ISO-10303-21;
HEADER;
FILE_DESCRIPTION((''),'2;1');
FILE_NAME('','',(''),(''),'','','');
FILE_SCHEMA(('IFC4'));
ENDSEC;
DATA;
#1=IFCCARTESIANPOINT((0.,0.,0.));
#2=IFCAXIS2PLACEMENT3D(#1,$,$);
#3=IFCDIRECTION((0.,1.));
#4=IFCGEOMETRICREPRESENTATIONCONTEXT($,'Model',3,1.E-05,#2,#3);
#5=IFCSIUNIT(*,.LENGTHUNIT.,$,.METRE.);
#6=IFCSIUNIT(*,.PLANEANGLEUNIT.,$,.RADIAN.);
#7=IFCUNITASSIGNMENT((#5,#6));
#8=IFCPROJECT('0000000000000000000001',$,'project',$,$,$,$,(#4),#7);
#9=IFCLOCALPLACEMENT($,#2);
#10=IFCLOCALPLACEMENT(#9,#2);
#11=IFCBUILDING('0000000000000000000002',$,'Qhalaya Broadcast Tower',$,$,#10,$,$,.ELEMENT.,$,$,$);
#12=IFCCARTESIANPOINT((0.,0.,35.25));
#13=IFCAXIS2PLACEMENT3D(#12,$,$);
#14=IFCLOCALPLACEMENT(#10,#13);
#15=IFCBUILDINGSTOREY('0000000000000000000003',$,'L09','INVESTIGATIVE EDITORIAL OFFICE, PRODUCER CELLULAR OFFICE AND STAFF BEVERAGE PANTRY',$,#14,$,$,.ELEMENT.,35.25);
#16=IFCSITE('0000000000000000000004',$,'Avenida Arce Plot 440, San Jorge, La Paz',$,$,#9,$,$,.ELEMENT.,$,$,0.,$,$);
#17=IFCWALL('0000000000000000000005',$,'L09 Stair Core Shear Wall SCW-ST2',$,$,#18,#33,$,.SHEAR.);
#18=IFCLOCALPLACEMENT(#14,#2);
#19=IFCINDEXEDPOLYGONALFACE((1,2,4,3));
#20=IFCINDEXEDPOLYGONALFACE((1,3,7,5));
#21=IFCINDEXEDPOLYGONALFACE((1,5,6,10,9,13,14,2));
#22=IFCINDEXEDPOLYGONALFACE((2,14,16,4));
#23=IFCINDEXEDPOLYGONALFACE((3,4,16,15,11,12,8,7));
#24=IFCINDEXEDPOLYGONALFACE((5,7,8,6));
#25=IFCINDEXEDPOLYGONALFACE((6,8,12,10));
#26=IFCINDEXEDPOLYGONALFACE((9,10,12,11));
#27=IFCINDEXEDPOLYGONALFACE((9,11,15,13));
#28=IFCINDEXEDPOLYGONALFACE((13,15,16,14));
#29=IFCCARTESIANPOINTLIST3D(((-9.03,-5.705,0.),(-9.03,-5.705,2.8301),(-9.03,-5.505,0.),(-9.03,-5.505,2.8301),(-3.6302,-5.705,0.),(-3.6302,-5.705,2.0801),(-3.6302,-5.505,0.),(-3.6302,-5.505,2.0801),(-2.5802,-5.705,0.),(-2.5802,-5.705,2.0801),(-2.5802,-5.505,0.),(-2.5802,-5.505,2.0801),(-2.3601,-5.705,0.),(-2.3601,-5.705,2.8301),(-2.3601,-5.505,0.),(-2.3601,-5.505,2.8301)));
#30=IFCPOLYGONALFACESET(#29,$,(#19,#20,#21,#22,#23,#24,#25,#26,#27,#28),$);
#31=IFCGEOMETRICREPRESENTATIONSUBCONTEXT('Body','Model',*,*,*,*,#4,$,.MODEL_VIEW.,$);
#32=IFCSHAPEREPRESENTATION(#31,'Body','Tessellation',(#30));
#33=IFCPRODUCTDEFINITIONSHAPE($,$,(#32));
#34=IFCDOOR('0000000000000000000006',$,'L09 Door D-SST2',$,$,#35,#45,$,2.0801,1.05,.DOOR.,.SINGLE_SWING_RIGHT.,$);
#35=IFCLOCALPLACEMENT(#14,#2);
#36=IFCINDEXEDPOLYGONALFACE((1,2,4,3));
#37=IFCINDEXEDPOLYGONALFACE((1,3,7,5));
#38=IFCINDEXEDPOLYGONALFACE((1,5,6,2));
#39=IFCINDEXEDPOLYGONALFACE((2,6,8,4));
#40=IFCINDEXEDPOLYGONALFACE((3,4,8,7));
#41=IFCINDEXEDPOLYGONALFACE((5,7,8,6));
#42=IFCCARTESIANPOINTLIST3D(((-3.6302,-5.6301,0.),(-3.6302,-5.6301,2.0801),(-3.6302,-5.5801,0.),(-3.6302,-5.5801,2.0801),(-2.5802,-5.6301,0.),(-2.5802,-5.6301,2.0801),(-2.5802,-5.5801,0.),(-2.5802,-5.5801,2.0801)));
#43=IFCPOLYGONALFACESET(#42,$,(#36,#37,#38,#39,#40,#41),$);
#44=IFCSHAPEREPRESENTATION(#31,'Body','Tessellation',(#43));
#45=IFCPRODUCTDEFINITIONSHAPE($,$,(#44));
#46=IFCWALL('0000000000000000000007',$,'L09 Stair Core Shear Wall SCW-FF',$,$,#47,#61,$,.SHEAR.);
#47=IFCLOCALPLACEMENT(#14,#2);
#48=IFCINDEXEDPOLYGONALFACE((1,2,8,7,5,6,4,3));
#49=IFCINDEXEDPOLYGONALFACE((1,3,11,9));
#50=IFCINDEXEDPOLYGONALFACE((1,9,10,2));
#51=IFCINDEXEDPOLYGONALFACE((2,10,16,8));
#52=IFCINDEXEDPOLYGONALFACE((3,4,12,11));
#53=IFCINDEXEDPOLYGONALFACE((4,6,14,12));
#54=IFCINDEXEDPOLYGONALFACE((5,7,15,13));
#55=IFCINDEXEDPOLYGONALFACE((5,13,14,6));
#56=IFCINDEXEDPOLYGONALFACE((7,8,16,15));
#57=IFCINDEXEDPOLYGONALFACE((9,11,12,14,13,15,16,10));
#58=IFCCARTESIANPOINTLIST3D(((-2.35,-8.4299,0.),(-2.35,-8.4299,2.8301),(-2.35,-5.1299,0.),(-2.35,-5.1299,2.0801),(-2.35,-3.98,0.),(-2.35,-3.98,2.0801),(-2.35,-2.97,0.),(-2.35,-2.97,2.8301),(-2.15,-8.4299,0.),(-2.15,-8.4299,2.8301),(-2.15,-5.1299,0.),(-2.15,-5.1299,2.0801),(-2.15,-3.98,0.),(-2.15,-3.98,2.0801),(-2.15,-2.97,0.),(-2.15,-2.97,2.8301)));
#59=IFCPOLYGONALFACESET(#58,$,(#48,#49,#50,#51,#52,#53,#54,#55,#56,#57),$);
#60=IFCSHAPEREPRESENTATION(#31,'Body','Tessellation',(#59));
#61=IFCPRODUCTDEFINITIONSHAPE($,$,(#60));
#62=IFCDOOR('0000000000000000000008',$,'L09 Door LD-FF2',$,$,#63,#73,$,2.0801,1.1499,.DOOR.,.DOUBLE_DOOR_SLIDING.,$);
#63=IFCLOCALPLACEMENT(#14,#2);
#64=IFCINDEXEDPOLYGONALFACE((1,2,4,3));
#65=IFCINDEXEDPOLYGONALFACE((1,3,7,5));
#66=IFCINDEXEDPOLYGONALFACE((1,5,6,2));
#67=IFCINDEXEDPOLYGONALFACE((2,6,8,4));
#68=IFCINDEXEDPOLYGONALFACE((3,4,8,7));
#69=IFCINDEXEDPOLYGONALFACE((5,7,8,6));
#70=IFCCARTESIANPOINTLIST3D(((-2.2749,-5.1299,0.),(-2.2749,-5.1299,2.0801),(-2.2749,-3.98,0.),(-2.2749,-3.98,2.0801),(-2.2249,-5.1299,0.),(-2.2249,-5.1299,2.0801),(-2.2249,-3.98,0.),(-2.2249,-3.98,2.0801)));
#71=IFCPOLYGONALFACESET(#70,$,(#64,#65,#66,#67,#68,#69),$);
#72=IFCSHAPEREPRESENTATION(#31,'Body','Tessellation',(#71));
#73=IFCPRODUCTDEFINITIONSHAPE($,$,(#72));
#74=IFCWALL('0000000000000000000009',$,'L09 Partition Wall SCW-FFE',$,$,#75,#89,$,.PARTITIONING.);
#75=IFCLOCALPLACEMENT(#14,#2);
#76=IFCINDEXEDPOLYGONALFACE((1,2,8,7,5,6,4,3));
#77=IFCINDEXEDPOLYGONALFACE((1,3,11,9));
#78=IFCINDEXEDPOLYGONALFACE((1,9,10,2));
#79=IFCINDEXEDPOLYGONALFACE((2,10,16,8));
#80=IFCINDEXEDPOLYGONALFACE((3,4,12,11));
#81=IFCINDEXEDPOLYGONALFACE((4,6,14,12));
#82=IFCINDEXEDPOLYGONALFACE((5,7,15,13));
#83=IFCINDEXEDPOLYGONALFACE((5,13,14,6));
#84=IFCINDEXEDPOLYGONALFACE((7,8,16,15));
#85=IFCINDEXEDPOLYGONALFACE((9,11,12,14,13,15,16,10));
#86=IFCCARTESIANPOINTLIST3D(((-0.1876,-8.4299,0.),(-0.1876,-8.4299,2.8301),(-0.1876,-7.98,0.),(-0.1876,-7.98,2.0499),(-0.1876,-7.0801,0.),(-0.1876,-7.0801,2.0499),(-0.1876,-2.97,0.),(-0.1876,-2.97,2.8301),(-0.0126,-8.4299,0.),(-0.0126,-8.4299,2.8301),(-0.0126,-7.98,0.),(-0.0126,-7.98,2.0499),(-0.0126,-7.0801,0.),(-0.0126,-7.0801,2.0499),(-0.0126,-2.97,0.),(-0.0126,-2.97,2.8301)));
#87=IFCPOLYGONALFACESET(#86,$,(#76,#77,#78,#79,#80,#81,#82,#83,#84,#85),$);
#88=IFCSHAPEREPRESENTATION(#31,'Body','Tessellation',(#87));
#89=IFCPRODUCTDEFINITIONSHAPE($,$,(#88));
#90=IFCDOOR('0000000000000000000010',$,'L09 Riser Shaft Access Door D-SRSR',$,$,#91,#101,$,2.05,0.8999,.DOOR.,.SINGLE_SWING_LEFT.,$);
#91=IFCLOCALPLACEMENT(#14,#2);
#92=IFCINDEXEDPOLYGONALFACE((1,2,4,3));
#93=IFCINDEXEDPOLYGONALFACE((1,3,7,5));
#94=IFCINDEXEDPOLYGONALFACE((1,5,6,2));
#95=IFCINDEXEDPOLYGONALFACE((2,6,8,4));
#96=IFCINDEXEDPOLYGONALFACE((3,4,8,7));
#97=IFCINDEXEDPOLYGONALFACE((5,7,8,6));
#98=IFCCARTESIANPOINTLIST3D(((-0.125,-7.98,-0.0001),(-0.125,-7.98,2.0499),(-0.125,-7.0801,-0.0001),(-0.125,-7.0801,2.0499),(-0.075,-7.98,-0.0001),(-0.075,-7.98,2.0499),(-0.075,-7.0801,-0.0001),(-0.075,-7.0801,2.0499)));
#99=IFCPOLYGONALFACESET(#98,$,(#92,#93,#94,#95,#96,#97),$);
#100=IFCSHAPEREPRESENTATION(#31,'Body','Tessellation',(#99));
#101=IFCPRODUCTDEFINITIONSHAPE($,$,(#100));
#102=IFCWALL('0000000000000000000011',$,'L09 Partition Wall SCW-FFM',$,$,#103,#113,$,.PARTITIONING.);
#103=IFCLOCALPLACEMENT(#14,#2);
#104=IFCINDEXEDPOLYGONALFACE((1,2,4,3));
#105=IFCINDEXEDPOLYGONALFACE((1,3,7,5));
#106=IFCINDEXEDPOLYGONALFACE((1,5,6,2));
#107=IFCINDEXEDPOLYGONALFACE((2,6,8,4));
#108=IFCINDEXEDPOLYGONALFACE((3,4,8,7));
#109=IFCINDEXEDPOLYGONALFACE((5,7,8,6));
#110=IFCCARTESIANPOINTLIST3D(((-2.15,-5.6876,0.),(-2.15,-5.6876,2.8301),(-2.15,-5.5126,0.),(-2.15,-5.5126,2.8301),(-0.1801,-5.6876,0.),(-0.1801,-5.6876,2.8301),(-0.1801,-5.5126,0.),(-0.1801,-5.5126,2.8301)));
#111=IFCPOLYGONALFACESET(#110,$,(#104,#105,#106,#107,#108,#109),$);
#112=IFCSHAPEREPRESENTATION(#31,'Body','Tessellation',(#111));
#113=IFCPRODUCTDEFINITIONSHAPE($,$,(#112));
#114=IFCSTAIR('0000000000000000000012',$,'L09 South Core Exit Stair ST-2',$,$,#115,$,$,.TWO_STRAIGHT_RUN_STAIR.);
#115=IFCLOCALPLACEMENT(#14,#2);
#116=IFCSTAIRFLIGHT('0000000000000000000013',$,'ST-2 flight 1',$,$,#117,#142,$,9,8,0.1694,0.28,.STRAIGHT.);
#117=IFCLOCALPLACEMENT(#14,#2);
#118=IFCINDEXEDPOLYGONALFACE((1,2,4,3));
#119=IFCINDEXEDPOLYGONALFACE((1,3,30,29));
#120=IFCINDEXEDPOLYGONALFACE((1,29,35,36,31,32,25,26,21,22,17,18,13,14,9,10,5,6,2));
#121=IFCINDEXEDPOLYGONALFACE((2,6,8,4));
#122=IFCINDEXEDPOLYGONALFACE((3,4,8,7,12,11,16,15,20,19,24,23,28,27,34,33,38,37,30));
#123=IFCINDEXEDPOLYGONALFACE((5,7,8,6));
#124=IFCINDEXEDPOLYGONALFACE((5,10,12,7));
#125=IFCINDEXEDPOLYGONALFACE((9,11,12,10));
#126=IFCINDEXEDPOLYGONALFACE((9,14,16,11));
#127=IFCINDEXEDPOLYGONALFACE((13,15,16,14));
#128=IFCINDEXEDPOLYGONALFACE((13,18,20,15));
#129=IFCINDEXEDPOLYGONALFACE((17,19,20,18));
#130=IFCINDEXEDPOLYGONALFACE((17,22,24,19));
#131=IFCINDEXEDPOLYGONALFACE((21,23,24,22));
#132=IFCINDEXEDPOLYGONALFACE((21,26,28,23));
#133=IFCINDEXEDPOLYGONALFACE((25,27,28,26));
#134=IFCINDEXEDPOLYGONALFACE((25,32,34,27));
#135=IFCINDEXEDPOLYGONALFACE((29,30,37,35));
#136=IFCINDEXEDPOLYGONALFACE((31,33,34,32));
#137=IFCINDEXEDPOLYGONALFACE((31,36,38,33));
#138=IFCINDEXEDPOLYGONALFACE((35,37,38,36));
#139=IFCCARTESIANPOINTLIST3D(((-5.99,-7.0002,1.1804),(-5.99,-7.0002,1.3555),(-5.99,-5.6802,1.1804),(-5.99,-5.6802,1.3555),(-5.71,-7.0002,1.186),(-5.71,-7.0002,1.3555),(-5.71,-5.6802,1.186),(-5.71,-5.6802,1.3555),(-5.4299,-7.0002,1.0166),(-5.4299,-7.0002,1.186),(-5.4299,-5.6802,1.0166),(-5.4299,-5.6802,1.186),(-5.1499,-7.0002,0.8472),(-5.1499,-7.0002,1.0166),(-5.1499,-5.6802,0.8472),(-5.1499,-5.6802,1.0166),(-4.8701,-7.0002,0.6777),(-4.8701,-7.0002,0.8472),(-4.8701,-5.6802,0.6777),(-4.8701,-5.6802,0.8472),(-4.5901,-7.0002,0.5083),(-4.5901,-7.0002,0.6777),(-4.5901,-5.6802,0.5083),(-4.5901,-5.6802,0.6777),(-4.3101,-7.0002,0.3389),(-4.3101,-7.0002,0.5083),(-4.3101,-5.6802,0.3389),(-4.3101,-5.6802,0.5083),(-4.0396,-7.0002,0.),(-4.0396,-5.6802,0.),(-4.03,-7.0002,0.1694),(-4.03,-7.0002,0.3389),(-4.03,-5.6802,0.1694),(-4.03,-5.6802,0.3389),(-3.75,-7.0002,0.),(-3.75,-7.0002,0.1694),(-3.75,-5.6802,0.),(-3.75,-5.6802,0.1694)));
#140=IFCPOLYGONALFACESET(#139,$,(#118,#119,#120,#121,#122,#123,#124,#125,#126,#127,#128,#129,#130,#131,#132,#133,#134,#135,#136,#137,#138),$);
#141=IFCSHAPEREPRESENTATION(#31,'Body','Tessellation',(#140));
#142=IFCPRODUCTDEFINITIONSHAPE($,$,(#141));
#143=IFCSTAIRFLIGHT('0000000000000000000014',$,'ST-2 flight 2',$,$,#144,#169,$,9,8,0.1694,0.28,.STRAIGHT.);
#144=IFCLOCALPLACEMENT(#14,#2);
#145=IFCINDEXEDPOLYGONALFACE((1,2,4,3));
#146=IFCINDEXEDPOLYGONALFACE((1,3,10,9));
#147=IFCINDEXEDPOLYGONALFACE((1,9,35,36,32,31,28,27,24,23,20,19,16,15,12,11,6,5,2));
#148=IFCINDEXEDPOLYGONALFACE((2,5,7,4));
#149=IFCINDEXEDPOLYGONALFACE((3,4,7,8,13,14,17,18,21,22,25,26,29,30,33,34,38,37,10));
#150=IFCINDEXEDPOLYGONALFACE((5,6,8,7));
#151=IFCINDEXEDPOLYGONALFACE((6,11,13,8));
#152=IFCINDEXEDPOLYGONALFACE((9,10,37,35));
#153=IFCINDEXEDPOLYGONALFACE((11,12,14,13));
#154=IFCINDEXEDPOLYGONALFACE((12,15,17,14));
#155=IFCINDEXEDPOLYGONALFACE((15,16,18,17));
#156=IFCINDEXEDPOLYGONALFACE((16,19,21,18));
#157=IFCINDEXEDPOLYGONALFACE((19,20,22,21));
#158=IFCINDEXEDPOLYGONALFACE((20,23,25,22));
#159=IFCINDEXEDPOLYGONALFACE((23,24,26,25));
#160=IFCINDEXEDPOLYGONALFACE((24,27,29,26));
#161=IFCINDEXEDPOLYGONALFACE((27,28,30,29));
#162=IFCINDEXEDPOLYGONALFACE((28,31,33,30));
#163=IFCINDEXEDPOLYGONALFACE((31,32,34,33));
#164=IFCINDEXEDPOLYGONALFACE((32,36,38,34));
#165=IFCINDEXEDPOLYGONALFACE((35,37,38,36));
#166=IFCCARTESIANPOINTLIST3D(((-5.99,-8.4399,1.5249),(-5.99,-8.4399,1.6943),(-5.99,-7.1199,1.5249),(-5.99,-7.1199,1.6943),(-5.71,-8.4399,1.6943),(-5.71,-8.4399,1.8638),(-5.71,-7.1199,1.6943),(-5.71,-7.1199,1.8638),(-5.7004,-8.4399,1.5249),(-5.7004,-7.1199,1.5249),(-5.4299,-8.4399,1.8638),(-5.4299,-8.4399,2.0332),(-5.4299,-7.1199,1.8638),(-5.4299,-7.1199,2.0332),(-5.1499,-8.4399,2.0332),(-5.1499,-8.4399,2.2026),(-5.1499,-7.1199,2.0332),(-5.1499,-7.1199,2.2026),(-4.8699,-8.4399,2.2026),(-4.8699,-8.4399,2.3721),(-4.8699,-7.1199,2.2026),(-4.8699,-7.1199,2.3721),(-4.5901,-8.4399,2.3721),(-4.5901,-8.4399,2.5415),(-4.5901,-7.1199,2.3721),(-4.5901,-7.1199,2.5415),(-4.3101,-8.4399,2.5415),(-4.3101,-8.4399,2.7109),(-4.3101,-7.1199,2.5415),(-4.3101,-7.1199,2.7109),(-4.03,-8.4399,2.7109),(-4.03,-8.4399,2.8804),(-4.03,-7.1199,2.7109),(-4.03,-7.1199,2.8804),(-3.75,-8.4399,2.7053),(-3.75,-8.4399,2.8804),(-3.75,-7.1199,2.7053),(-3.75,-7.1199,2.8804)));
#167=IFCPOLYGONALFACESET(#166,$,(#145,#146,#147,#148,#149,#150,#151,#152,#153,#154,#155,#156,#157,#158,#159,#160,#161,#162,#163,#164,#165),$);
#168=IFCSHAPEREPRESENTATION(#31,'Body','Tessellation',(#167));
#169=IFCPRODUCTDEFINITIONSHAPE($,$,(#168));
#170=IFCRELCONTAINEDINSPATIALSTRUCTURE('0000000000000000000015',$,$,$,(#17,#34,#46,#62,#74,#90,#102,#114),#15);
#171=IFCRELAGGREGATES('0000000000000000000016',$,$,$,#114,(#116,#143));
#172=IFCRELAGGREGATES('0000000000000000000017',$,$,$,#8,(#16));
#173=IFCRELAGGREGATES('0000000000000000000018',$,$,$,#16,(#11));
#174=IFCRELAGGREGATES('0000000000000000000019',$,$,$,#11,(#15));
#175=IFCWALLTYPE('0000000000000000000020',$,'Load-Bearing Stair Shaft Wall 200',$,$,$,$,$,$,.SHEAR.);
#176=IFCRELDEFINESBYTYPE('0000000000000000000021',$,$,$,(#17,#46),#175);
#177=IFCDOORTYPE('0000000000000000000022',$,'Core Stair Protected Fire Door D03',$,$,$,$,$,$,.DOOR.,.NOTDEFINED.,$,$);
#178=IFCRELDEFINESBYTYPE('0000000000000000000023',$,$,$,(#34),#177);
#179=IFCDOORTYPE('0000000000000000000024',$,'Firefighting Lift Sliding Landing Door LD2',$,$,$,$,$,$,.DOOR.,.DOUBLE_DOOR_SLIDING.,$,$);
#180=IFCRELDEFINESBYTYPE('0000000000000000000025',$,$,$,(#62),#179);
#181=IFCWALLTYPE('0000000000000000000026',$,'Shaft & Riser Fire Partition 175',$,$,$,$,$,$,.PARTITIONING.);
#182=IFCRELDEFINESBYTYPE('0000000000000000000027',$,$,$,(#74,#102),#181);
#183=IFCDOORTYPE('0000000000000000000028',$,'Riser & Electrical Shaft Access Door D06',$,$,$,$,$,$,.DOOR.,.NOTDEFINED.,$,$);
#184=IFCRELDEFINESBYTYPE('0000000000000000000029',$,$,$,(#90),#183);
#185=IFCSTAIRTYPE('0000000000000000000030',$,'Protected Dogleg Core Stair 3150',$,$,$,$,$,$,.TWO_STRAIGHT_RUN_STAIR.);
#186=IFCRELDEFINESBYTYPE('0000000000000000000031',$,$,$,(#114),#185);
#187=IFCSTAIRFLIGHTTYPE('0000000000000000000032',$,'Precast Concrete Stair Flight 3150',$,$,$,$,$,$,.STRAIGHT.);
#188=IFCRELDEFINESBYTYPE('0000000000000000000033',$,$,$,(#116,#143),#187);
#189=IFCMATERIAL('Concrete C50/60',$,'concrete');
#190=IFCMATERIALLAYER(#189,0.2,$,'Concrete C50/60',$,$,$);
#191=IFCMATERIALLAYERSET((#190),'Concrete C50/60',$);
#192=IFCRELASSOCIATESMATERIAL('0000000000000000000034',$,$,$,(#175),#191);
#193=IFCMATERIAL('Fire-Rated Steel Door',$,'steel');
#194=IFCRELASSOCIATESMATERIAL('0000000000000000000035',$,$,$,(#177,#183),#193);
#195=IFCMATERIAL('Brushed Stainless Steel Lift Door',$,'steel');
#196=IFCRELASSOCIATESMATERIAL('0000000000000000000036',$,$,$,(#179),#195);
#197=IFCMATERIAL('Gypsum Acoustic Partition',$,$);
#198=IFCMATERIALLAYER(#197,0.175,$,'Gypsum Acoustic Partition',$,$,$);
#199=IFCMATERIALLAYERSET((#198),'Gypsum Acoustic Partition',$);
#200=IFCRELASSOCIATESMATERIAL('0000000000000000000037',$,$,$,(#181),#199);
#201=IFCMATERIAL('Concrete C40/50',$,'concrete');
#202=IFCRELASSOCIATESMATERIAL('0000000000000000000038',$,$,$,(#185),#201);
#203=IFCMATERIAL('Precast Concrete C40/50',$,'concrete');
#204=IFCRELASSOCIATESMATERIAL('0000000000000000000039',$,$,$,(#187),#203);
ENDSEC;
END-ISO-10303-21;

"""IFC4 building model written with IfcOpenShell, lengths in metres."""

from ifc_helpers import new_model, si_unit, direction, frame, frame_2d, origin, place, context, subcontext, project, spatial, polyline, rectangle, outline, extrude, material, layer, layer_set, type_object, element, fill, aggregate, save


model = new_model("IFC4")

# Units and contexts
model_context = context("Model", 3, precision=1e-05, world=origin(), true_north=direction((0.0, 1.0)))
body_context = subcontext(model_context, "Body", "Model", "MODEL_VIEW")
ifc_project = project(units=[si_unit("LENGTHUNIT", "METRE"), si_unit("PLANEANGLEUNIT", "RADIAN")], contexts=[model_context])

# Site, building, storey
site_placement = place(None, origin())
site = spatial("IfcSite", under=ifc_project, at=site_placement, Name="Avenida Arce Plot 440, San Jorge, La Paz", CompositionType="ELEMENT", RefElevation=0.0)
building_placement = place(site_placement, origin())
building = spatial("IfcBuilding", under=site, at=building_placement, Name="Qhalaya Broadcast Tower", CompositionType="ELEMENT")
storey_placement = place(building_placement, frame((0.0, 0.0, 35.25)))
storey = spatial("IfcBuildingStorey", under=building, at=storey_placement, Name="L09", Description="INVESTIGATIVE EDITORIAL OFFICE, PRODUCER CELLULAR OFFICE AND STAFF BEVERAGE PANTRY", CompositionType="ELEMENT", Elevation=35.25)

# Walls, openings, doors
ifc_material_1 = material(Name="Concrete C50/60", Category="concrete")
ifc_layer_1 = layer(ifc_material_1, 0.2, Name="Concrete C50/60")
ifc_layer_set_1 = layer_set([ifc_layer_1], Name="Concrete C50/60")
wall_type_1 = type_object("IfcWallType", Name="Load-Bearing Stair Shaft Wall 200", PredefinedType="SHEAR", material=ifc_layer_set_1)
wall_1_placement = place(storey_placement, frame((-9.03, -5.605, 0.0), z_axis=(0.0, 0.0, 1.0), x_axis=(1.0, 0.0, 0.0)))
wall_1 = element("IfcWall", 1, at=wall_1_placement, inside=storey, type_object=wall_type_1, Name="L09 Stair Core Shear Wall SCW-ST2", PredefinedType="SHEAR", context=body_context, shape_type="SweptSolid", body=[
    extrude(rectangle(XDim=6.6699, YDim=0.2, at=frame_2d((3.335, 0.0))), origin(), (0.0, 0.0, 1.0), 2.8301),
])
opening_1_placement = place(wall_1_placement, frame((5.3999, 0.0, 0.0)))
opening_1 = element("IfcOpeningElement", 2, at=opening_1_placement, cuts=wall_1, PredefinedType="OPENING", context=body_context, shape_type="SweptSolid", body=[
    extrude(rectangle(XDim=1.05, YDim=2.0801, at=frame_2d((0.5249, 1.04))), frame((0.0, 0.1121, 0.0), z_axis=(0.0, -1.0, 0.0), x_axis=(1.0, 0.0, 0.0)), (0.0, 0.0, 1.0), 0.2239),
])
ifc_material_2 = material(Name="Fire-Rated Steel Door", Category="steel")
door_type_1 = type_object("IfcDoorType", Name="Core Stair Protected Fire Door D03", OperationType="NOTDEFINED", PredefinedType="DOOR", material=ifc_material_2)
door_1_placement = place(opening_1_placement, origin())
door_1 = element("IfcDoor", 3, at=door_1_placement, inside=storey, type_object=door_type_1, Name="L09 Door D-SST2", OperationType="SINGLE_SWING_RIGHT", OverallHeight=2.0801, OverallWidth=1.05, PredefinedType="DOOR", context=body_context, shape_type="SweptSolid", body=[
    extrude(rectangle(XDim=1.05, YDim=2.0801, at=frame_2d((0.5249, 1.04))), frame((0.0, 0.0249, 0.0), z_axis=(0.0, -1.0, 0.0), x_axis=(1.0, 0.0, 0.0)), (0.0, 0.0, 1.0), 0.05),
])
fill(opening_1, door_1)
wall_2_placement = place(storey_placement, frame((-2.25, -8.4299, 0.0), z_axis=(0.0, 0.0, 1.0), x_axis=(0.0, 1.0, 0.0)))
wall_2 = element("IfcWall", 4, at=wall_2_placement, inside=storey, type_object=wall_type_1, Name="L09 Stair Core Shear Wall SCW-FF", PredefinedType="SHEAR", context=body_context, shape_type="SweptSolid", body=[
    extrude(rectangle(XDim=5.46, YDim=0.2, at=frame_2d((2.73, 0.0))), origin(), (0.0, 0.0, 1.0), 2.8301),
])
opening_2_placement = place(wall_2_placement, frame((3.3, 0.0, 0.0)))
opening_2 = element("IfcOpeningElement", 5, at=opening_2_placement, cuts=wall_2, PredefinedType="OPENING", context=body_context, shape_type="SweptSolid", body=[
    extrude(rectangle(XDim=1.1499, YDim=2.0801, at=frame_2d((0.575, 1.04))), frame((0.0, 0.1121, 0.0), z_axis=(0.0, -1.0, 0.0), x_axis=(1.0, 0.0, 0.0)), (0.0, 0.0, 1.0), 0.2239),
])
ifc_material_3 = material(Name="Brushed Stainless Steel Lift Door", Category="steel")
door_type_2 = type_object("IfcDoorType", Name="Firefighting Lift Sliding Landing Door LD2", OperationType="DOUBLE_DOOR_SLIDING", PredefinedType="DOOR", material=ifc_material_3)
door_2_placement = place(opening_2_placement, origin())
door_2 = element("IfcDoor", 6, at=door_2_placement, inside=storey, type_object=door_type_2, Name="L09 Door LD-FF2", OperationType="DOUBLE_DOOR_SLIDING", OverallHeight=2.0801, OverallWidth=1.1499, PredefinedType="DOOR", context=body_context, shape_type="SweptSolid", body=[
    extrude(rectangle(XDim=1.1499, YDim=2.0801, at=frame_2d((0.575, 1.04))), frame((0.0, 0.0249, 0.0), z_axis=(0.0, -1.0, 0.0), x_axis=(1.0, 0.0, 0.0)), (0.0, 0.0, 1.0), 0.05),
])
fill(opening_2, door_2)
ifc_material_4 = material(Name="Gypsum Acoustic Partition")
ifc_layer_2 = layer(ifc_material_4, 0.175, Name="Gypsum Acoustic Partition")
ifc_layer_set_2 = layer_set([ifc_layer_2], Name="Gypsum Acoustic Partition")
wall_type_2 = type_object("IfcWallType", Name="Shaft & Riser Fire Partition 175", PredefinedType="PARTITIONING", material=ifc_layer_set_2)
wall_3_placement = place(storey_placement, frame((-0.1001, -8.4299, 0.0), z_axis=(0.0, 0.0, 1.0), x_axis=(0.0, 1.0, 0.0)))
wall_3 = element("IfcWall", 7, at=wall_3_placement, inside=storey, type_object=wall_type_2, Name="L09 Partition Wall SCW-FFE", PredefinedType="PARTITIONING", context=body_context, shape_type="SweptSolid", body=[
    extrude(rectangle(XDim=5.46, YDim=0.175, at=frame_2d((2.73, 0.0))), origin(), (0.0, 0.0, 1.0), 2.8301),
])
opening_3_placement = place(wall_3_placement, frame((0.45, 0.0, 0.0)))
opening_3 = element("IfcOpeningElement", 8, at=opening_3_placement, cuts=wall_3, PredefinedType="OPENING", context=body_context, shape_type="SweptSolid", body=[
    extrude(rectangle(XDim=0.8999, YDim=2.05, at=frame_2d((0.45, 1.0249))), frame((0.0, 0.0996, 0.0), z_axis=(0.0, -1.0, 0.0), x_axis=(1.0, 0.0, 0.0)), (0.0, 0.0, 1.0), 0.199),
])
door_type_3 = type_object("IfcDoorType", Name="Riser & Electrical Shaft Access Door D06", OperationType="NOTDEFINED", PredefinedType="DOOR", material=ifc_material_2)
door_3_placement = place(opening_3_placement, origin())
door_3 = element("IfcDoor", 9, at=door_3_placement, inside=storey, type_object=door_type_3, Name="L09 Riser Shaft Access Door D-SRSR", OperationType="SINGLE_SWING_LEFT", OverallHeight=2.05, OverallWidth=0.8999, PredefinedType="DOOR", context=body_context, shape_type="SweptSolid", body=[
    extrude(rectangle(XDim=0.8999, YDim=2.05, at=frame_2d((0.45, 1.0249))), frame((0.0, 0.0249, 0.0), z_axis=(0.0, -1.0, 0.0), x_axis=(1.0, 0.0, 0.0)), (0.0, 0.0, 1.0), 0.05),
])
fill(opening_3, door_3)

# Wall
wall_4_placement = place(storey_placement, frame((-2.1499, -5.6001, 0.0), z_axis=(0.0, 0.0, 1.0), x_axis=(1.0, 0.0, 0.0)))
element("IfcWall", 10, at=wall_4_placement, inside=storey, type_object=wall_type_2, Name="L09 Partition Wall SCW-FFM", PredefinedType="PARTITIONING", context=body_context, shape_type="SweptSolid", body=[
    extrude(rectangle(XDim=1.97, YDim=0.175, at=frame_2d((0.9849, 0.0))), origin(), (0.0, 0.0, 1.0), 2.8301),
])

# Stair, stair flights
ifc_material_5 = material(Name="Concrete C40/50", Category="concrete")
stair_type = type_object("IfcStairType", Name="Protected Dogleg Core Stair 3150", PredefinedType="TWO_STRAIGHT_RUN_STAIR", material=ifc_material_5)
stair_placement = place(storey_placement, origin())
stair = element("IfcStair", 11, at=stair_placement, inside=storey, type_object=stair_type, Name="L09 South Core Exit Stair ST-2", PredefinedType="TWO_STRAIGHT_RUN_STAIR")
ifc_material_6 = material(Name="Precast Concrete C40/50", Category="concrete")
stair_flight_type = type_object("IfcStairFlightType", Name="Precast Concrete Stair Flight 3150", PredefinedType="STRAIGHT", material=ifc_material_6)
stair_flight_1_placement = place(storey_placement, frame((-3.75, -6.3401, 0.0), z_axis=(0.0, 0.0, 1.0), x_axis=(-1.0, 0.0, 0.0)))
stair_flight_1 = element("IfcStairFlight", 12, at=stair_flight_1_placement, type_object=stair_flight_type, Name="ST-2 flight 1", NumberOfRisers=9, NumberOfTreads=8, PredefinedType="STRAIGHT", RiserHeight=0.1694, TreadLength=0.28, context=body_context, shape_type="SweptSolid", body=[
    extrude(outline(polyline([(0.0, 0.0), (0.0, 0.1694), (0.28, 0.1694), (0.28, 0.3389), (0.5601, 0.3389), (0.5601, 0.5083), (0.8401, 0.5083), (0.8401, 0.6777), (1.1201, 0.6777), (1.1201, 0.8472), (1.3999, 0.8472), (1.3999, 1.0166), (1.6799, 1.0166), (1.6799, 1.186), (1.96, 1.186), (1.96, 1.3555), (2.24, 1.3555), (2.24, 1.5249), (2.24, 1.1804), (0.2896, 0.0), (0.0, 0.0)])), frame((0.0, 0.6602, 0.0), z_axis=(0.0, -1.0, 0.0), x_axis=(1.0, 0.0, 0.0)), (0.0, 0.0, 1.0), 1.3201),
])
stair_flight_2_placement = place(storey_placement, frame((-5.99, -7.78, 1.5249), z_axis=(0.0, 0.0, 1.0), x_axis=(1.0, 0.0, 0.0)))
stair_flight_2 = element("IfcStairFlight", 13, at=stair_flight_2_placement, type_object=stair_flight_type, Name="ST-2 flight 2", NumberOfRisers=9, NumberOfTreads=8, PredefinedType="STRAIGHT", RiserHeight=0.1694, TreadLength=0.28, context=body_context, shape_type="SweptSolid", body=[
    extrude(outline(polyline([(0.0, 0.0), (0.0, 0.1694), (0.28, 0.1694), (0.28, 0.3389), (0.5601, 0.3389), (0.5601, 0.5083), (0.8401, 0.5083), (0.8401, 0.6777), (1.1201, 0.6777), (1.1201, 0.8472), (1.3999, 0.8472), (1.3999, 1.0166), (1.6799, 1.0166), (1.6799, 1.186), (1.96, 1.186), (1.96, 1.3555), (2.24, 1.3555), (2.24, 1.5249), (2.24, 1.1804), (0.2896, 0.0), (0.0, 0.0)])), frame((0.0, 0.6602, 0.0), z_axis=(0.0, -1.0, 0.0), x_axis=(1.0, 0.0, 0.0)), (0.0, 0.0, 1.0), 1.3201),
])
aggregate(stair, [stair_flight_1, stair_flight_2])

save(model, "model.ifc")
